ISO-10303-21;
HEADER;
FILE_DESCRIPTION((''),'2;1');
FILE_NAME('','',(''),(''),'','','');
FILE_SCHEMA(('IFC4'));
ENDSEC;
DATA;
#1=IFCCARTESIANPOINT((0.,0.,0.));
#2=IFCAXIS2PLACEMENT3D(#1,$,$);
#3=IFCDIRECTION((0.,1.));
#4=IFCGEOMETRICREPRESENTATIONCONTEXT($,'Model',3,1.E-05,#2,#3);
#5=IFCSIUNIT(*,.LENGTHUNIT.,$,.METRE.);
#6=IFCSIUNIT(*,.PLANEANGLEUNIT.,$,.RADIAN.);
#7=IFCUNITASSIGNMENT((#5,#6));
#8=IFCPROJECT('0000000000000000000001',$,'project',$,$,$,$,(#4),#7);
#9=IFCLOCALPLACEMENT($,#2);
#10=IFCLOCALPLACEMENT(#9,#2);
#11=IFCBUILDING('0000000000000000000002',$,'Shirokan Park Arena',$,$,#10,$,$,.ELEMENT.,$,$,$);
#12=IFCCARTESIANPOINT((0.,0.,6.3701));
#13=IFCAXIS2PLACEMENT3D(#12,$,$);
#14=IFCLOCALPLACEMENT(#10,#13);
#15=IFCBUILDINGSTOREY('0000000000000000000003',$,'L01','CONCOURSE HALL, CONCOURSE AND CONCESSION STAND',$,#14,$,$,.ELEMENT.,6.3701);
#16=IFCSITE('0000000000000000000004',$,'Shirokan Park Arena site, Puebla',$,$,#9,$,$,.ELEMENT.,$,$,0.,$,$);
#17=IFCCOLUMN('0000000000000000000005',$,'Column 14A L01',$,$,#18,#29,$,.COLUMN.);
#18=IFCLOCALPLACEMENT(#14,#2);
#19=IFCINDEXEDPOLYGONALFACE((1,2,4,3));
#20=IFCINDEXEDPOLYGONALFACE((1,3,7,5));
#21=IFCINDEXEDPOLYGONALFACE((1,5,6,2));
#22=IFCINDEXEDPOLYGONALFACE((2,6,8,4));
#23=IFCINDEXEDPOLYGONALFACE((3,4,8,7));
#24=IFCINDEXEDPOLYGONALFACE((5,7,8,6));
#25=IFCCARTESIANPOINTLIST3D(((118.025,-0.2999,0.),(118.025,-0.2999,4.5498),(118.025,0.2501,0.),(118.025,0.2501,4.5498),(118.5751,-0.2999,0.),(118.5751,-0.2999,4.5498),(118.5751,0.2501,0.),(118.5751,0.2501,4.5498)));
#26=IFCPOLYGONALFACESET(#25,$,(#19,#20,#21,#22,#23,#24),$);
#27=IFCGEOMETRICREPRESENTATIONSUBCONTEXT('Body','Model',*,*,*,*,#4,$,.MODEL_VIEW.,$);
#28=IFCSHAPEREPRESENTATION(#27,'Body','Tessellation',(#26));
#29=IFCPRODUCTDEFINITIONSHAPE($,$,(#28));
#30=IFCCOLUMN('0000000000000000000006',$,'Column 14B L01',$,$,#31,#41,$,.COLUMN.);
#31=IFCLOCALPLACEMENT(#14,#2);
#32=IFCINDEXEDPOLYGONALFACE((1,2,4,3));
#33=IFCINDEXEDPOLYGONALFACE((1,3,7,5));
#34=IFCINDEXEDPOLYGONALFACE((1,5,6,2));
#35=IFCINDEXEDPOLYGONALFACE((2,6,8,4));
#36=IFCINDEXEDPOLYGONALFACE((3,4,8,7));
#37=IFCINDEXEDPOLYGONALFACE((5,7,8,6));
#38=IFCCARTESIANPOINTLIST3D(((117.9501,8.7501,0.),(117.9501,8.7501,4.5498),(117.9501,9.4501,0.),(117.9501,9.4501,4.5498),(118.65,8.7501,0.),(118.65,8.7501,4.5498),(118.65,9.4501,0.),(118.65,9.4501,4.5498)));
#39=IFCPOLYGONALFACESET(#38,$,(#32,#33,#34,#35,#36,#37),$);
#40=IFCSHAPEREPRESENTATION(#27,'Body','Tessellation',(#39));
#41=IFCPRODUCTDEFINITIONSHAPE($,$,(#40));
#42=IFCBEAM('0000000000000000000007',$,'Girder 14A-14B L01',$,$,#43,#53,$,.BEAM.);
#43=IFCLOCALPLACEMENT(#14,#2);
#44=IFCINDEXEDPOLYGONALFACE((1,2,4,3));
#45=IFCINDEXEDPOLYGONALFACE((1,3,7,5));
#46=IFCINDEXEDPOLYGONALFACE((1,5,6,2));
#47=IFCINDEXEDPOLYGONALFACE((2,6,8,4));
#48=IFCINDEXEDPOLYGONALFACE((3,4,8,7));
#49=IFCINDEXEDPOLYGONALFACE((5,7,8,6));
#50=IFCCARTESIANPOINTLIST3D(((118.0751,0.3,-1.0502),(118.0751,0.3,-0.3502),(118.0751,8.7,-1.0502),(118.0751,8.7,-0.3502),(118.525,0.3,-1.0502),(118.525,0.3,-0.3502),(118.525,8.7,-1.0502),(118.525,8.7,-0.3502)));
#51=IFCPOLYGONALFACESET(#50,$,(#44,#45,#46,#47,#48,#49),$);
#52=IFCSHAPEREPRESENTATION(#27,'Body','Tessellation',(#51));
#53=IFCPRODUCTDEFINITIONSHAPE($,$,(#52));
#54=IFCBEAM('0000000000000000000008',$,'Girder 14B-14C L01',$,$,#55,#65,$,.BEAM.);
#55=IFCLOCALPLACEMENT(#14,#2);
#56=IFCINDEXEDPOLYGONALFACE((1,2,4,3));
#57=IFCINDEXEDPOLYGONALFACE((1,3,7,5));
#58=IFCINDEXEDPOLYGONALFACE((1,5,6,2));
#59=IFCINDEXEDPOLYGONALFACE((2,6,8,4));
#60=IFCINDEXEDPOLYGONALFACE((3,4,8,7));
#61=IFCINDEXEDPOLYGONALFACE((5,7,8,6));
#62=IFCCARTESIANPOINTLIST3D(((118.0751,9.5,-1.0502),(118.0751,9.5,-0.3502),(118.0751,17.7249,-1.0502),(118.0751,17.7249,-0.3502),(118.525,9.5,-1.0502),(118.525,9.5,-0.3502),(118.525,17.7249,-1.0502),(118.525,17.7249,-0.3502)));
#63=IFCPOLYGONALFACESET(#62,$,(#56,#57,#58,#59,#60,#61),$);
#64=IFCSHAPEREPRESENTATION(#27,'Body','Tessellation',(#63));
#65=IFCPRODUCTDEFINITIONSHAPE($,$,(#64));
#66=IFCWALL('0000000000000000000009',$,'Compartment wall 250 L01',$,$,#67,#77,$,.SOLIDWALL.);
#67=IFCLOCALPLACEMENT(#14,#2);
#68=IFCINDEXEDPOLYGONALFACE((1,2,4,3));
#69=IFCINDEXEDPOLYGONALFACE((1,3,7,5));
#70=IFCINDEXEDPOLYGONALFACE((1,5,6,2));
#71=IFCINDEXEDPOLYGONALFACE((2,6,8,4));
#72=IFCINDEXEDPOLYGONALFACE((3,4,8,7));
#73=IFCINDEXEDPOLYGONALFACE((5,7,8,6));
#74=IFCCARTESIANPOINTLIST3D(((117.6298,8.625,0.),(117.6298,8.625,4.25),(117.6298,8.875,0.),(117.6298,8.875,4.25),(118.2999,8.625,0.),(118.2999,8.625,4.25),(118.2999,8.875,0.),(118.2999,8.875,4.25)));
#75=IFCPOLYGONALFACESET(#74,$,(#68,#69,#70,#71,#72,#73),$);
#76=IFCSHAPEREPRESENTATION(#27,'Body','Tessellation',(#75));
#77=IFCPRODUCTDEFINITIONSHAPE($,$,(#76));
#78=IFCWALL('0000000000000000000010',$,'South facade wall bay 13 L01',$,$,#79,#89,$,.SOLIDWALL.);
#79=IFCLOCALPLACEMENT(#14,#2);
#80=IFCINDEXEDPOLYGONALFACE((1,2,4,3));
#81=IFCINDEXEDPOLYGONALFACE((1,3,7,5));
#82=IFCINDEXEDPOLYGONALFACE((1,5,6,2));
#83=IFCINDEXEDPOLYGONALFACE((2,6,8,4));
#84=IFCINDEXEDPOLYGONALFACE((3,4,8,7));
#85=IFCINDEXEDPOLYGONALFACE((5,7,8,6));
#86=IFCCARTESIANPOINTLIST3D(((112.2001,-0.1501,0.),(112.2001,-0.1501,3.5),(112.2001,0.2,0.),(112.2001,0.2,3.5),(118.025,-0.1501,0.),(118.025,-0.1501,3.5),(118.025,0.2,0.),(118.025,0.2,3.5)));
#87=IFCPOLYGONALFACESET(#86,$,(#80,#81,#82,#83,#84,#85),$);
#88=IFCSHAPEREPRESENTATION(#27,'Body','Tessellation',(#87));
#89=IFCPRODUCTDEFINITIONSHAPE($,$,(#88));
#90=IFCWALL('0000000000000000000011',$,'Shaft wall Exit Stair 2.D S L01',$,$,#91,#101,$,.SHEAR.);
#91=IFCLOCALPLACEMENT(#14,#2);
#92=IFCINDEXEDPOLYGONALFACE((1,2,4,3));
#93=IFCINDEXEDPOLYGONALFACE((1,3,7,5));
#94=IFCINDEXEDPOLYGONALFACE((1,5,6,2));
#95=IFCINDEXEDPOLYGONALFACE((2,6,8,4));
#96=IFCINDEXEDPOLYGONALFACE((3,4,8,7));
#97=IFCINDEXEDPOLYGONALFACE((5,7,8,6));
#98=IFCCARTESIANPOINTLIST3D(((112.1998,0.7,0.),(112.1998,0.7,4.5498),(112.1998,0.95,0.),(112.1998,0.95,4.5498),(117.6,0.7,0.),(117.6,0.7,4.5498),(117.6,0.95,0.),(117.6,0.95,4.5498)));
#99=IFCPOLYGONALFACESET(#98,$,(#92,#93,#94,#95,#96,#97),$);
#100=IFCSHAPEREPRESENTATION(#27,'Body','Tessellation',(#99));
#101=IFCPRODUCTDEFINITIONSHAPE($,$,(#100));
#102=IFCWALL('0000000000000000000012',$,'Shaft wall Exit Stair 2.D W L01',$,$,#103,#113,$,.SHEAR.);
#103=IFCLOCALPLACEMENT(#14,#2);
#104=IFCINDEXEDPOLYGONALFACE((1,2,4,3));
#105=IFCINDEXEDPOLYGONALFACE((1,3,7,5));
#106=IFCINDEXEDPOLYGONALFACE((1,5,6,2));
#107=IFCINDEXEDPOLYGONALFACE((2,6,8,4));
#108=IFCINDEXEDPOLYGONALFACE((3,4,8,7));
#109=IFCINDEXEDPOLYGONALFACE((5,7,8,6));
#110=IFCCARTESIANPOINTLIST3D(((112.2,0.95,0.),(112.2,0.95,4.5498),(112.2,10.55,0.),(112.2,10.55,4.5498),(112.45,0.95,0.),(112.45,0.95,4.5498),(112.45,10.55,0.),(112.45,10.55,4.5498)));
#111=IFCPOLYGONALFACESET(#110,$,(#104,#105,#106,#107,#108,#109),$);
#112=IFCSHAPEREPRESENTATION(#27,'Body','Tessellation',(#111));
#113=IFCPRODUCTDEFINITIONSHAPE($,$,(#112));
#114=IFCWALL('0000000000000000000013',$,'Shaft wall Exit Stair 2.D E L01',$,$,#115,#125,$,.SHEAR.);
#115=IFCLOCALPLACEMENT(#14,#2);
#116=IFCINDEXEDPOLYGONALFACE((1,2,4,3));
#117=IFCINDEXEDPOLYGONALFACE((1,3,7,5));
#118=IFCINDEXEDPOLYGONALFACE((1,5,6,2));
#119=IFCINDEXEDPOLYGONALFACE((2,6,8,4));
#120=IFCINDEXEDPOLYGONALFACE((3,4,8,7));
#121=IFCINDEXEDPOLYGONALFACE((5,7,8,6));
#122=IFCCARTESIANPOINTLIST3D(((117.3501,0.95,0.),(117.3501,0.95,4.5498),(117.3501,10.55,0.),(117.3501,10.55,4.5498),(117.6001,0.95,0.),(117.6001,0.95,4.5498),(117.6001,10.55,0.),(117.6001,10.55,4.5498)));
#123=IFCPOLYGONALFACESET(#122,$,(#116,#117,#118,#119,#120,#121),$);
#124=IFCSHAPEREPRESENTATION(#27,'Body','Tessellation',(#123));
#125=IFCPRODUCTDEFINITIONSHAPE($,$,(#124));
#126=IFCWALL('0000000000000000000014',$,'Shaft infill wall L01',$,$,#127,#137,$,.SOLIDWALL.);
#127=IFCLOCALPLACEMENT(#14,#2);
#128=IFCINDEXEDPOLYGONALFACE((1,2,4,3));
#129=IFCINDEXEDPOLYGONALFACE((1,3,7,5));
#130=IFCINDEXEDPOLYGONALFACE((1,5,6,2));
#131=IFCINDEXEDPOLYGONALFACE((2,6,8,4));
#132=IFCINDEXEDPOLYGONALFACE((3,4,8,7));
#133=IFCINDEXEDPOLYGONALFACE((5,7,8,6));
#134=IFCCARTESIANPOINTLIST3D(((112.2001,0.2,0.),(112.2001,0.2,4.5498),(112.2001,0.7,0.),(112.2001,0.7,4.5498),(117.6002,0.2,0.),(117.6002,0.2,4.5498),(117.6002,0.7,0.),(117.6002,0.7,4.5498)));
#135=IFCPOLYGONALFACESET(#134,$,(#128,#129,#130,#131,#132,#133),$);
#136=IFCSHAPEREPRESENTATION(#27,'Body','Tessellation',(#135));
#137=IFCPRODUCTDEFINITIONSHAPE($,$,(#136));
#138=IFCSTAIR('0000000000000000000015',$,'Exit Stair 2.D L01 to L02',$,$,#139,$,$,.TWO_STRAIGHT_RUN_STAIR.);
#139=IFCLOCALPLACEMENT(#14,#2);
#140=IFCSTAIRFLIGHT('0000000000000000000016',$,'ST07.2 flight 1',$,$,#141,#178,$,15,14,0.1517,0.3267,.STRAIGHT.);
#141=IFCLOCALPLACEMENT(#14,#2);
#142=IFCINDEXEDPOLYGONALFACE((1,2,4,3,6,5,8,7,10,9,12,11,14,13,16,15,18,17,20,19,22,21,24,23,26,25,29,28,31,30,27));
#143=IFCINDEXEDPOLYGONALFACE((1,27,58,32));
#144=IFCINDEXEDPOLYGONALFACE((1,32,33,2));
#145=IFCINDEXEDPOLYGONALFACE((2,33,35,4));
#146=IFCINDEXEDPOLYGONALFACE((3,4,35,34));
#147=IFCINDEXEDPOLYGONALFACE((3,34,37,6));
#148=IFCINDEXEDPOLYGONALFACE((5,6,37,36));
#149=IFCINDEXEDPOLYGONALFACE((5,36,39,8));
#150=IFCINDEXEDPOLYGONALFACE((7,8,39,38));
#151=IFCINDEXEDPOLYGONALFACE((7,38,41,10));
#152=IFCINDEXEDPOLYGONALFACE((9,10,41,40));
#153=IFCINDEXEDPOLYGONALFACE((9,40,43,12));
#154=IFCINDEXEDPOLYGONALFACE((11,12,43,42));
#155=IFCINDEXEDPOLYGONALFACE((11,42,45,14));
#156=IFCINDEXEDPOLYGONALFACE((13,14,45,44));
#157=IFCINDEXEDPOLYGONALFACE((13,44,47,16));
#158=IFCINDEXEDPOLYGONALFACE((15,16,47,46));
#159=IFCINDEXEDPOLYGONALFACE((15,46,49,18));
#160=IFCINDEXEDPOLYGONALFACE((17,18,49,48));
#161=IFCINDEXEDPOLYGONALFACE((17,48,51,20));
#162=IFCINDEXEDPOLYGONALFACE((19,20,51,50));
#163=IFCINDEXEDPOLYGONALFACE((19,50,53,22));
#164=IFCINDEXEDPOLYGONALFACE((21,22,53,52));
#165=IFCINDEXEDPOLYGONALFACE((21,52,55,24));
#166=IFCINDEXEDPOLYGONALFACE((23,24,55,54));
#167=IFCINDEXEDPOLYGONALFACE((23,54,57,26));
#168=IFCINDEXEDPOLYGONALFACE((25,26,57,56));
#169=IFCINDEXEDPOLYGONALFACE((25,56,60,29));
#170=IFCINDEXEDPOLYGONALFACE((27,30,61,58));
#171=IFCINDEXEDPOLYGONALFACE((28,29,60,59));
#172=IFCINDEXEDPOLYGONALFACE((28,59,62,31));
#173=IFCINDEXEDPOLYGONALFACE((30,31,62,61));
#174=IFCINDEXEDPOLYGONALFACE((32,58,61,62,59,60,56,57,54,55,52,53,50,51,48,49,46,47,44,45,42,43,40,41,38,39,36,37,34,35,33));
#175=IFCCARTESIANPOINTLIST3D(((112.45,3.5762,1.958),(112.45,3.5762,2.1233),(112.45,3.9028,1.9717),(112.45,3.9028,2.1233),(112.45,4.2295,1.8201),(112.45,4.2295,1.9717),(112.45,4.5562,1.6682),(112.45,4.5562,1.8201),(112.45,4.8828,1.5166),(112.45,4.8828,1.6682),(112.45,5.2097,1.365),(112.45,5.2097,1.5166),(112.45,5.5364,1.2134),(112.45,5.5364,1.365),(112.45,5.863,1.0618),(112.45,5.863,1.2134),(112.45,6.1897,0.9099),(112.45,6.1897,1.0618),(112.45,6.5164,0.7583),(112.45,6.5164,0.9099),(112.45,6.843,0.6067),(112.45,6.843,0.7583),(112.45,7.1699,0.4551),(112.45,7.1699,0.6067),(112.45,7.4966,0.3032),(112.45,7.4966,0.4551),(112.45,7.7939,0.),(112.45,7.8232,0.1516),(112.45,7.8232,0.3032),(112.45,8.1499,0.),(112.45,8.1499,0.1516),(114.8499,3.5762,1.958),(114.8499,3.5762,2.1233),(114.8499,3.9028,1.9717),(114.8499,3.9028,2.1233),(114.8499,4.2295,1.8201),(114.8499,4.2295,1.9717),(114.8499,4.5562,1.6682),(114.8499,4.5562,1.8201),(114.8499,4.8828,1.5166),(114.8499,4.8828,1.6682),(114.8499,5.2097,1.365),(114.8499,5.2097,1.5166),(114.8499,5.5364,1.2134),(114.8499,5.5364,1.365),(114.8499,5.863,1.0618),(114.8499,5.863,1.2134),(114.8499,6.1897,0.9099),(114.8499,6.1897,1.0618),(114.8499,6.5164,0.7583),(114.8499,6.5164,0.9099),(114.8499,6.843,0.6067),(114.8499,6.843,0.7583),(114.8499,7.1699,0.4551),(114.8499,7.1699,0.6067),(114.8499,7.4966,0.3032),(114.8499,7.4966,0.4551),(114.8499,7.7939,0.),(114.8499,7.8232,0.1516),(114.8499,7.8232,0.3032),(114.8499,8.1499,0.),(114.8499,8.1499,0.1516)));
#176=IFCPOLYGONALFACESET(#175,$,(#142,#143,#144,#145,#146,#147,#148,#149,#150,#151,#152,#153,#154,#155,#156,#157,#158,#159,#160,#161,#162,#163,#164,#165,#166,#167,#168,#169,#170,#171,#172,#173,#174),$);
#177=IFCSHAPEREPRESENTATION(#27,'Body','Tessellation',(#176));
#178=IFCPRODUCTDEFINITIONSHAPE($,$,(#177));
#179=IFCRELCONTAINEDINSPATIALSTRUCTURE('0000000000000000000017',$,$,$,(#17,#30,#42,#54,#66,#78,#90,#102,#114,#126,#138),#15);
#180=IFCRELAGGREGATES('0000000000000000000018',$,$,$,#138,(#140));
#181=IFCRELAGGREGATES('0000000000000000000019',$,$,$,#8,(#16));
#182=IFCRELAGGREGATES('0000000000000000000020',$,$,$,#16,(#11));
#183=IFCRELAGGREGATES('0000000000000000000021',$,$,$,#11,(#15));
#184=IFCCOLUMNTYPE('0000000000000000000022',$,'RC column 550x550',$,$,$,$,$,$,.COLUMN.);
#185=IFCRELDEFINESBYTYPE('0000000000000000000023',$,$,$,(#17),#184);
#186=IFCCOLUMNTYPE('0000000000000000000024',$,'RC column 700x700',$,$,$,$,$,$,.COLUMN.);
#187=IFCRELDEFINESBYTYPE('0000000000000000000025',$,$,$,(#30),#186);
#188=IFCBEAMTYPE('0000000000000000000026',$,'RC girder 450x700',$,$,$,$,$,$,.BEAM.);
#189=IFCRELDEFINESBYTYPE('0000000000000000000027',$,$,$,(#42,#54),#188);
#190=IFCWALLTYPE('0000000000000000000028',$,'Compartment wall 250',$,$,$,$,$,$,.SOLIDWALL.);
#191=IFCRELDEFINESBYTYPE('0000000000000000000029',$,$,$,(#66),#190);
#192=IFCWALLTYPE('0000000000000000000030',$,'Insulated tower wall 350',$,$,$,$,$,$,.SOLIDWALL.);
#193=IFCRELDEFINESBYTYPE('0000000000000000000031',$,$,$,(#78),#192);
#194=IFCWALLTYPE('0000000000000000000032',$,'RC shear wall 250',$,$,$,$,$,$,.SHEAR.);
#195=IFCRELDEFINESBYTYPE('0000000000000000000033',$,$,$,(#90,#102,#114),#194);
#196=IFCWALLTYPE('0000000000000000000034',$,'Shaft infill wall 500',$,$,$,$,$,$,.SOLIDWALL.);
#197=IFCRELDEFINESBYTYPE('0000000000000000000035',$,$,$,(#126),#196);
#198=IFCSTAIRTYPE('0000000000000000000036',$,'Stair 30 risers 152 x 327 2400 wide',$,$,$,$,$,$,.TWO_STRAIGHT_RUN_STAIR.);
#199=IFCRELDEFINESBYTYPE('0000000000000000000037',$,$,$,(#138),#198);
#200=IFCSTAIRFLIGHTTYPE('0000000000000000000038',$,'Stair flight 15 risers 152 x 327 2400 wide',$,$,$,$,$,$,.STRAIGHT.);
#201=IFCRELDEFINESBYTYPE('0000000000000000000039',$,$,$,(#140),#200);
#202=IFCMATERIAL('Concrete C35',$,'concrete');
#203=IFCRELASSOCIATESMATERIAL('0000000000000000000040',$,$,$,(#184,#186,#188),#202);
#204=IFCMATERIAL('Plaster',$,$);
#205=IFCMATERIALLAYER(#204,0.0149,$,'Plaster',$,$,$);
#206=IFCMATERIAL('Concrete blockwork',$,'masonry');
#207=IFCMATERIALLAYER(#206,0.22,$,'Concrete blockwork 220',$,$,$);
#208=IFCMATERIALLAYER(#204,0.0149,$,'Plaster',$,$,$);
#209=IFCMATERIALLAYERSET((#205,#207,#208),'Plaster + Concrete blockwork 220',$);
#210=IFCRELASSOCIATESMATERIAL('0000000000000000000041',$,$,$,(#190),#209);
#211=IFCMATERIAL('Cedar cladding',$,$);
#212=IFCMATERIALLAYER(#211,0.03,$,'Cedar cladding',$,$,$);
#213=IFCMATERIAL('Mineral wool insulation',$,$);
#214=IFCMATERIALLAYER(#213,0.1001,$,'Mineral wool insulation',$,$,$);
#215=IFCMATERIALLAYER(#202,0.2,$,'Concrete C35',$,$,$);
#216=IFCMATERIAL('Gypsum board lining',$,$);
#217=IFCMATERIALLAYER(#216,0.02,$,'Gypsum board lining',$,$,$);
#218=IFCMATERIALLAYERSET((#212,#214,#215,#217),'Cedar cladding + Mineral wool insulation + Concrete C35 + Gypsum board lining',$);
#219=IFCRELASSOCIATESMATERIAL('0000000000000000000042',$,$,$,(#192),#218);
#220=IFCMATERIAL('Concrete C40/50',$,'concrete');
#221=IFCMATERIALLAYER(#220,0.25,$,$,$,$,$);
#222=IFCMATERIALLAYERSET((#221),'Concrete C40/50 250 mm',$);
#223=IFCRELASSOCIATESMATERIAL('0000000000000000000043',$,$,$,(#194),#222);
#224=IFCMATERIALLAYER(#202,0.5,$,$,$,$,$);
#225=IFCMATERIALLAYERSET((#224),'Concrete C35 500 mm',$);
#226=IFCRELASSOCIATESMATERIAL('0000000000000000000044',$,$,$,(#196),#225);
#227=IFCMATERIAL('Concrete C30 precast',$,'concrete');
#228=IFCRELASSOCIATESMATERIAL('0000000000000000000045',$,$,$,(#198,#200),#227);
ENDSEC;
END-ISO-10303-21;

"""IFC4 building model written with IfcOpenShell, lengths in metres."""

from ifc_helpers import new_model, si_unit, direction, frame, frame_2d, origin, origin_2d, place, context, subcontext, project, spatial, polyline, rectangle, outline, extrude, material, layer, layer_set, material_profile, profile_set, type_object, element, aggregate, save


model = new_model("IFC4")

# Units and contexts
model_context = context("Model", 3, precision=1e-05, world=origin(), true_north=direction((0.0, 1.0)))
body_context = subcontext(model_context, "Body", "Model", "MODEL_VIEW")
ifc_project = project(units=[si_unit("LENGTHUNIT", "METRE"), si_unit("PLANEANGLEUNIT", "RADIAN")], contexts=[model_context])

# Site, building, storey
site_placement = place(None, origin())
site = spatial("IfcSite", under=ifc_project, at=site_placement, Name="Shirokan Park Arena site, Puebla", CompositionType="ELEMENT", RefElevation=0.0)
building_placement = place(site_placement, origin())
building = spatial("IfcBuilding", under=site, at=building_placement, Name="Shirokan Park Arena", CompositionType="ELEMENT")
storey_placement = place(building_placement, frame((0.0, 0.0, 6.3701)))
storey = spatial("IfcBuildingStorey", under=building, at=storey_placement, Name="L01", Description="CONCOURSE HALL, CONCOURSE AND CONCESSION STAND", CompositionType="ELEMENT", Elevation=6.3701)

# Columns
ifc_material_1 = material(Name="Concrete C35", Category="concrete")
ifc_material_profile_1 = material_profile(ifc_material_1, rectangle(XDim=0.55, YDim=0.55, at=origin_2d()), Name="550x550")
ifc_profile_set_1 = profile_set([ifc_material_profile_1], Name="Concrete C35")
column_type_1 = type_object("IfcColumnType", Name="RC column 550x550", PredefinedType="COLUMN", material=ifc_profile_set_1)
column_1_placement = place(storey_placement, frame((118.3, -0.0249, 0.0), z_axis=(0.0, 0.0, 1.0), x_axis=(1.0, 0.0, 0.0)))
element("IfcColumn", 1, at=column_1_placement, inside=storey, type_object=column_type_1, Name="Column 14A L01", PredefinedType="COLUMN", context=body_context, shape_type="SweptSolid", body=[
    extrude(rectangle(XDim=0.55, YDim=0.55, at=origin_2d()), origin(), (0.0, 0.0, 1.0), 4.5498),
])
ifc_material_profile_2 = material_profile(ifc_material_1, rectangle(XDim=0.7, YDim=0.7, at=origin_2d()), Name="700x700")
ifc_profile_set_2 = profile_set([ifc_material_profile_2], Name="Concrete C35")
column_type_2 = type_object("IfcColumnType", Name="RC column 700x700", PredefinedType="COLUMN", material=ifc_profile_set_2)
column_2_placement = place(storey_placement, frame((118.3, 9.1001, 0.0), z_axis=(0.0, 0.0, 1.0), x_axis=(1.0, 0.0, 0.0)))
element("IfcColumn", 2, at=column_2_placement, inside=storey, type_object=column_type_2, Name="Column 14B L01", PredefinedType="COLUMN", context=body_context, shape_type="SweptSolid", body=[
    extrude(rectangle(XDim=0.7, YDim=0.7, at=origin_2d()), origin(), (0.0, 0.0, 1.0), 4.5498),
])

# Beams
ifc_material_profile_3 = material_profile(ifc_material_1, rectangle(XDim=0.45, YDim=0.7, at=origin_2d()), Name="450x700")
ifc_profile_set_3 = profile_set([ifc_material_profile_3], Name="Concrete C35")
beam_type = type_object("IfcBeamType", Name="RC girder 450x700", PredefinedType="BEAM", material=ifc_profile_set_3)
beam_1_placement = place(storey_placement, frame((118.3, 0.3, -0.7002), z_axis=(0.0, 1.0, 0.0), x_axis=(-1.0, 0.0, 0.0)))
element("IfcBeam", 3, at=beam_1_placement, inside=storey, type_object=beam_type, Name="Girder 14A-14B L01", PredefinedType="BEAM", context=body_context, shape_type="SweptSolid", body=[
    extrude(rectangle(XDim=0.45, YDim=0.7, at=origin_2d()), origin(), (0.0, 0.0, 1.0), 8.3999),
])
beam_2_placement = place(storey_placement, frame((118.3, 9.5, -0.7002), z_axis=(0.0, 1.0, 0.0), x_axis=(-1.0, 0.0, 0.0)))
element("IfcBeam", 4, at=beam_2_placement, inside=storey, type_object=beam_type, Name="Girder 14B-14C L01", PredefinedType="BEAM", context=body_context, shape_type="SweptSolid", body=[
    extrude(rectangle(XDim=0.45, YDim=0.7, at=origin_2d()), origin(), (0.0, 0.0, 1.0), 8.2249),
])

# Walls
ifc_material_2 = material(Name="Plaster")
ifc_layer_1 = layer(ifc_material_2, 0.0149, Name="Plaster")
ifc_material_3 = material(Name="Concrete blockwork", Category="masonry")
ifc_layer_2 = layer(ifc_material_3, 0.22, Name="Concrete blockwork 220")
ifc_layer_3 = layer(ifc_material_2, 0.0149, Name="Plaster")
ifc_layer_set_1 = layer_set([ifc_layer_1, ifc_layer_2, ifc_layer_3], Name="Plaster + Concrete blockwork 220")
wall_type_1 = type_object("IfcWallType", Name="Compartment wall 250", PredefinedType="SOLIDWALL", material=ifc_layer_set_1)
wall_1_placement = place(storey_placement, frame((117.6299, 8.75, 0.0), z_axis=(0.0, 0.0, 1.0), x_axis=(1.0, 0.0, 0.0)))
element("IfcWall", 5, at=wall_1_placement, inside=storey, type_object=wall_type_1, Name="Compartment wall 250 L01", PredefinedType="SOLIDWALL", context=body_context, shape_type="SweptSolid", body=[
    extrude(rectangle(XDim=0.6702, YDim=0.25, at=frame_2d((0.335, 0.0))), origin(), (0.0, 0.0, 1.0), 4.25),
])
ifc_material_4 = material(Name="Cedar cladding")
ifc_layer_4 = layer(ifc_material_4, 0.03, Name="Cedar cladding")
ifc_material_5 = material(Name="Mineral wool insulation")
ifc_layer_5 = layer(ifc_material_5, 0.1001, Name="Mineral wool insulation")
ifc_layer_6 = layer(ifc_material_1, 0.2, Name="Concrete C35")
ifc_material_6 = material(Name="Gypsum board lining")
ifc_layer_7 = layer(ifc_material_6, 0.02, Name="Gypsum board lining")
ifc_layer_set_2 = layer_set([ifc_layer_4, ifc_layer_5, ifc_layer_6, ifc_layer_7], Name="Cedar cladding + Mineral wool insulation + Concrete C35 + Gypsum board lining")
wall_type_2 = type_object("IfcWallType", Name="Insulated tower wall 350", PredefinedType="SOLIDWALL", material=ifc_layer_set_2)
wall_2_placement = place(storey_placement, frame((112.2, 0.0249, 0.0), z_axis=(0.0, 0.0, 1.0), x_axis=(1.0, 0.0, 0.0)))
element("IfcWall", 6, at=wall_2_placement, inside=storey, type_object=wall_type_2, Name="South facade wall bay 13 L01", PredefinedType="SOLIDWALL", context=body_context, shape_type="SweptSolid", body=[
    extrude(rectangle(XDim=5.825, YDim=0.3501, at=frame_2d((2.9126, 0.0))), origin(), (0.0, 0.0, 1.0), 3.5),
])
ifc_material_7 = material(Name="Concrete C40/50", Category="concrete")
ifc_layer_8 = layer(ifc_material_7, 0.25)
ifc_layer_set_3 = layer_set([ifc_layer_8], Name="Concrete C40/50 250 mm")
wall_type_3 = type_object("IfcWallType", Name="RC shear wall 250", PredefinedType="SHEAR", material=ifc_layer_set_3)
wall_3_placement = place(storey_placement, frame((117.6001, 0.825, 0.0), z_axis=(0.0, 0.0, 1.0), x_axis=(-1.0, 0.0, 0.0)))
element("IfcWall", 7, at=wall_3_placement, inside=storey, type_object=wall_type_3, Name="Shaft wall Exit Stair 2.D S L01", PredefinedType="SHEAR", context=body_context, shape_type="SweptSolid", body=[
    extrude(rectangle(XDim=5.4001, YDim=0.25, at=frame_2d((2.7002, 0.0))), origin(), (0.0, 0.0, 1.0), 4.5498),
])
for number, where, z_axis, x_axis, name in (
    (8, (112.325, 10.55, 0.0), (0.0, 0.0, 1.0), (0.0, -1.0, 0.0), "Shaft wall Exit Stair 2.D W L01"),
    (9, (117.4751, 10.55, 0.0), (0.0, 0.0, 1.0), (0.0, -1.0, 0.0), "Shaft wall Exit Stair 2.D E L01"),
):
    element("IfcWall", number, at=place(storey_placement, frame(where, z_axis=z_axis, x_axis=x_axis)), inside=storey, type_object=wall_type_3, Name=name, PredefinedType="SHEAR", context=body_context, shape_type="SweptSolid", body=[
        extrude(rectangle(XDim=9.6001, YDim=0.25, at=frame_2d((4.8, 0.0))), origin(), (0.0, 0.0, 1.0), 4.5498),
    ])
ifc_layer_9 = layer(ifc_material_1, 0.5)
ifc_layer_set_4 = layer_set([ifc_layer_9], Name="Concrete C35 500 mm")
wall_type_4 = type_object("IfcWallType", Name="Shaft infill wall 500", PredefinedType="SOLIDWALL", material=ifc_layer_set_4)
wall_4_placement = place(storey_placement, frame((112.2, 0.45, 0.0), z_axis=(0.0, 0.0, 1.0), x_axis=(1.0, 0.0, 0.0)))
element("IfcWall", 10, at=wall_4_placement, inside=storey, type_object=wall_type_4, Name="Shaft infill wall L01", PredefinedType="SOLIDWALL", context=body_context, shape_type="SweptSolid", body=[
    extrude(rectangle(XDim=5.4001, YDim=0.5, at=frame_2d((2.7002, 0.0))), origin(), (0.0, 0.0, 1.0), 4.5498),
])

# Stair, stair flight
ifc_material_8 = material(Name="Concrete C30 precast", Category="concrete")
stair_type = type_object("IfcStairType", Name="Stair 30 risers 152 x 327 2400 wide", PredefinedType="TWO_STRAIGHT_RUN_STAIR", material=ifc_material_8)
stair_placement = place(storey_placement, origin())
stair = element("IfcStair", 11, at=stair_placement, inside=storey, type_object=stair_type, Name="Exit Stair 2.D L01 to L02", PredefinedType="TWO_STRAIGHT_RUN_STAIR")
stair_flight_type = type_object("IfcStairFlightType", Name="Stair flight 15 risers 152 x 327 2400 wide", PredefinedType="STRAIGHT", material=ifc_material_8)
stair_flight_1_placement = place(storey_placement, frame((113.6499, 8.1499, 0.0), z_axis=(0.0, 0.0, 1.0), x_axis=(0.0, -1.0, 0.0)))
stair_flight_1 = element("IfcStairFlight", 12, at=stair_flight_1_placement, type_object=stair_flight_type, Name="ST07.2 flight 1", NumberOfRisers=15, NumberOfTreads=14, PredefinedType="STRAIGHT", RiserHeight=0.1517, TreadLength=0.3267, context=body_context, shape_type="SweptSolid", body=[
    extrude(outline(polyline([(0.0, 0.0), (0.0, 0.1516), (0.3267, 0.1516), (0.3267, 0.3032), (0.6533, 0.3032), (0.6533, 0.4551), (0.98, 0.4551), (0.98, 0.6067), (1.3069, 0.6067), (1.3069, 0.7583), (1.6335, 0.7583), (1.6335, 0.9099), (1.9602, 0.9099), (1.9602, 1.0618), (2.2869, 1.0618), (2.2869, 1.2134), (2.6135, 1.2134), (2.6135, 1.365), (2.9402, 1.365), (2.9402, 1.5166), (3.2671, 1.5166), (3.2671, 1.6682), (3.5938, 1.6682), (3.5938, 1.8201), (3.9204, 1.8201), (3.9204, 1.9717), (4.2471, 1.9717), (4.2471, 2.1233), (4.5737, 2.1233), (4.5737, 2.2749), (4.5737, 1.958), (0.356, 0.0), (0.0, 0.0)])), frame((0.0, 1.2, 0.0), z_axis=(0.0, -1.0, 0.0), x_axis=(1.0, 0.0, 0.0)), (0.0, 0.0, 1.0), 2.3999),
])
aggregate(stair, [stair_flight_1])

save(model, "model.ifc")
